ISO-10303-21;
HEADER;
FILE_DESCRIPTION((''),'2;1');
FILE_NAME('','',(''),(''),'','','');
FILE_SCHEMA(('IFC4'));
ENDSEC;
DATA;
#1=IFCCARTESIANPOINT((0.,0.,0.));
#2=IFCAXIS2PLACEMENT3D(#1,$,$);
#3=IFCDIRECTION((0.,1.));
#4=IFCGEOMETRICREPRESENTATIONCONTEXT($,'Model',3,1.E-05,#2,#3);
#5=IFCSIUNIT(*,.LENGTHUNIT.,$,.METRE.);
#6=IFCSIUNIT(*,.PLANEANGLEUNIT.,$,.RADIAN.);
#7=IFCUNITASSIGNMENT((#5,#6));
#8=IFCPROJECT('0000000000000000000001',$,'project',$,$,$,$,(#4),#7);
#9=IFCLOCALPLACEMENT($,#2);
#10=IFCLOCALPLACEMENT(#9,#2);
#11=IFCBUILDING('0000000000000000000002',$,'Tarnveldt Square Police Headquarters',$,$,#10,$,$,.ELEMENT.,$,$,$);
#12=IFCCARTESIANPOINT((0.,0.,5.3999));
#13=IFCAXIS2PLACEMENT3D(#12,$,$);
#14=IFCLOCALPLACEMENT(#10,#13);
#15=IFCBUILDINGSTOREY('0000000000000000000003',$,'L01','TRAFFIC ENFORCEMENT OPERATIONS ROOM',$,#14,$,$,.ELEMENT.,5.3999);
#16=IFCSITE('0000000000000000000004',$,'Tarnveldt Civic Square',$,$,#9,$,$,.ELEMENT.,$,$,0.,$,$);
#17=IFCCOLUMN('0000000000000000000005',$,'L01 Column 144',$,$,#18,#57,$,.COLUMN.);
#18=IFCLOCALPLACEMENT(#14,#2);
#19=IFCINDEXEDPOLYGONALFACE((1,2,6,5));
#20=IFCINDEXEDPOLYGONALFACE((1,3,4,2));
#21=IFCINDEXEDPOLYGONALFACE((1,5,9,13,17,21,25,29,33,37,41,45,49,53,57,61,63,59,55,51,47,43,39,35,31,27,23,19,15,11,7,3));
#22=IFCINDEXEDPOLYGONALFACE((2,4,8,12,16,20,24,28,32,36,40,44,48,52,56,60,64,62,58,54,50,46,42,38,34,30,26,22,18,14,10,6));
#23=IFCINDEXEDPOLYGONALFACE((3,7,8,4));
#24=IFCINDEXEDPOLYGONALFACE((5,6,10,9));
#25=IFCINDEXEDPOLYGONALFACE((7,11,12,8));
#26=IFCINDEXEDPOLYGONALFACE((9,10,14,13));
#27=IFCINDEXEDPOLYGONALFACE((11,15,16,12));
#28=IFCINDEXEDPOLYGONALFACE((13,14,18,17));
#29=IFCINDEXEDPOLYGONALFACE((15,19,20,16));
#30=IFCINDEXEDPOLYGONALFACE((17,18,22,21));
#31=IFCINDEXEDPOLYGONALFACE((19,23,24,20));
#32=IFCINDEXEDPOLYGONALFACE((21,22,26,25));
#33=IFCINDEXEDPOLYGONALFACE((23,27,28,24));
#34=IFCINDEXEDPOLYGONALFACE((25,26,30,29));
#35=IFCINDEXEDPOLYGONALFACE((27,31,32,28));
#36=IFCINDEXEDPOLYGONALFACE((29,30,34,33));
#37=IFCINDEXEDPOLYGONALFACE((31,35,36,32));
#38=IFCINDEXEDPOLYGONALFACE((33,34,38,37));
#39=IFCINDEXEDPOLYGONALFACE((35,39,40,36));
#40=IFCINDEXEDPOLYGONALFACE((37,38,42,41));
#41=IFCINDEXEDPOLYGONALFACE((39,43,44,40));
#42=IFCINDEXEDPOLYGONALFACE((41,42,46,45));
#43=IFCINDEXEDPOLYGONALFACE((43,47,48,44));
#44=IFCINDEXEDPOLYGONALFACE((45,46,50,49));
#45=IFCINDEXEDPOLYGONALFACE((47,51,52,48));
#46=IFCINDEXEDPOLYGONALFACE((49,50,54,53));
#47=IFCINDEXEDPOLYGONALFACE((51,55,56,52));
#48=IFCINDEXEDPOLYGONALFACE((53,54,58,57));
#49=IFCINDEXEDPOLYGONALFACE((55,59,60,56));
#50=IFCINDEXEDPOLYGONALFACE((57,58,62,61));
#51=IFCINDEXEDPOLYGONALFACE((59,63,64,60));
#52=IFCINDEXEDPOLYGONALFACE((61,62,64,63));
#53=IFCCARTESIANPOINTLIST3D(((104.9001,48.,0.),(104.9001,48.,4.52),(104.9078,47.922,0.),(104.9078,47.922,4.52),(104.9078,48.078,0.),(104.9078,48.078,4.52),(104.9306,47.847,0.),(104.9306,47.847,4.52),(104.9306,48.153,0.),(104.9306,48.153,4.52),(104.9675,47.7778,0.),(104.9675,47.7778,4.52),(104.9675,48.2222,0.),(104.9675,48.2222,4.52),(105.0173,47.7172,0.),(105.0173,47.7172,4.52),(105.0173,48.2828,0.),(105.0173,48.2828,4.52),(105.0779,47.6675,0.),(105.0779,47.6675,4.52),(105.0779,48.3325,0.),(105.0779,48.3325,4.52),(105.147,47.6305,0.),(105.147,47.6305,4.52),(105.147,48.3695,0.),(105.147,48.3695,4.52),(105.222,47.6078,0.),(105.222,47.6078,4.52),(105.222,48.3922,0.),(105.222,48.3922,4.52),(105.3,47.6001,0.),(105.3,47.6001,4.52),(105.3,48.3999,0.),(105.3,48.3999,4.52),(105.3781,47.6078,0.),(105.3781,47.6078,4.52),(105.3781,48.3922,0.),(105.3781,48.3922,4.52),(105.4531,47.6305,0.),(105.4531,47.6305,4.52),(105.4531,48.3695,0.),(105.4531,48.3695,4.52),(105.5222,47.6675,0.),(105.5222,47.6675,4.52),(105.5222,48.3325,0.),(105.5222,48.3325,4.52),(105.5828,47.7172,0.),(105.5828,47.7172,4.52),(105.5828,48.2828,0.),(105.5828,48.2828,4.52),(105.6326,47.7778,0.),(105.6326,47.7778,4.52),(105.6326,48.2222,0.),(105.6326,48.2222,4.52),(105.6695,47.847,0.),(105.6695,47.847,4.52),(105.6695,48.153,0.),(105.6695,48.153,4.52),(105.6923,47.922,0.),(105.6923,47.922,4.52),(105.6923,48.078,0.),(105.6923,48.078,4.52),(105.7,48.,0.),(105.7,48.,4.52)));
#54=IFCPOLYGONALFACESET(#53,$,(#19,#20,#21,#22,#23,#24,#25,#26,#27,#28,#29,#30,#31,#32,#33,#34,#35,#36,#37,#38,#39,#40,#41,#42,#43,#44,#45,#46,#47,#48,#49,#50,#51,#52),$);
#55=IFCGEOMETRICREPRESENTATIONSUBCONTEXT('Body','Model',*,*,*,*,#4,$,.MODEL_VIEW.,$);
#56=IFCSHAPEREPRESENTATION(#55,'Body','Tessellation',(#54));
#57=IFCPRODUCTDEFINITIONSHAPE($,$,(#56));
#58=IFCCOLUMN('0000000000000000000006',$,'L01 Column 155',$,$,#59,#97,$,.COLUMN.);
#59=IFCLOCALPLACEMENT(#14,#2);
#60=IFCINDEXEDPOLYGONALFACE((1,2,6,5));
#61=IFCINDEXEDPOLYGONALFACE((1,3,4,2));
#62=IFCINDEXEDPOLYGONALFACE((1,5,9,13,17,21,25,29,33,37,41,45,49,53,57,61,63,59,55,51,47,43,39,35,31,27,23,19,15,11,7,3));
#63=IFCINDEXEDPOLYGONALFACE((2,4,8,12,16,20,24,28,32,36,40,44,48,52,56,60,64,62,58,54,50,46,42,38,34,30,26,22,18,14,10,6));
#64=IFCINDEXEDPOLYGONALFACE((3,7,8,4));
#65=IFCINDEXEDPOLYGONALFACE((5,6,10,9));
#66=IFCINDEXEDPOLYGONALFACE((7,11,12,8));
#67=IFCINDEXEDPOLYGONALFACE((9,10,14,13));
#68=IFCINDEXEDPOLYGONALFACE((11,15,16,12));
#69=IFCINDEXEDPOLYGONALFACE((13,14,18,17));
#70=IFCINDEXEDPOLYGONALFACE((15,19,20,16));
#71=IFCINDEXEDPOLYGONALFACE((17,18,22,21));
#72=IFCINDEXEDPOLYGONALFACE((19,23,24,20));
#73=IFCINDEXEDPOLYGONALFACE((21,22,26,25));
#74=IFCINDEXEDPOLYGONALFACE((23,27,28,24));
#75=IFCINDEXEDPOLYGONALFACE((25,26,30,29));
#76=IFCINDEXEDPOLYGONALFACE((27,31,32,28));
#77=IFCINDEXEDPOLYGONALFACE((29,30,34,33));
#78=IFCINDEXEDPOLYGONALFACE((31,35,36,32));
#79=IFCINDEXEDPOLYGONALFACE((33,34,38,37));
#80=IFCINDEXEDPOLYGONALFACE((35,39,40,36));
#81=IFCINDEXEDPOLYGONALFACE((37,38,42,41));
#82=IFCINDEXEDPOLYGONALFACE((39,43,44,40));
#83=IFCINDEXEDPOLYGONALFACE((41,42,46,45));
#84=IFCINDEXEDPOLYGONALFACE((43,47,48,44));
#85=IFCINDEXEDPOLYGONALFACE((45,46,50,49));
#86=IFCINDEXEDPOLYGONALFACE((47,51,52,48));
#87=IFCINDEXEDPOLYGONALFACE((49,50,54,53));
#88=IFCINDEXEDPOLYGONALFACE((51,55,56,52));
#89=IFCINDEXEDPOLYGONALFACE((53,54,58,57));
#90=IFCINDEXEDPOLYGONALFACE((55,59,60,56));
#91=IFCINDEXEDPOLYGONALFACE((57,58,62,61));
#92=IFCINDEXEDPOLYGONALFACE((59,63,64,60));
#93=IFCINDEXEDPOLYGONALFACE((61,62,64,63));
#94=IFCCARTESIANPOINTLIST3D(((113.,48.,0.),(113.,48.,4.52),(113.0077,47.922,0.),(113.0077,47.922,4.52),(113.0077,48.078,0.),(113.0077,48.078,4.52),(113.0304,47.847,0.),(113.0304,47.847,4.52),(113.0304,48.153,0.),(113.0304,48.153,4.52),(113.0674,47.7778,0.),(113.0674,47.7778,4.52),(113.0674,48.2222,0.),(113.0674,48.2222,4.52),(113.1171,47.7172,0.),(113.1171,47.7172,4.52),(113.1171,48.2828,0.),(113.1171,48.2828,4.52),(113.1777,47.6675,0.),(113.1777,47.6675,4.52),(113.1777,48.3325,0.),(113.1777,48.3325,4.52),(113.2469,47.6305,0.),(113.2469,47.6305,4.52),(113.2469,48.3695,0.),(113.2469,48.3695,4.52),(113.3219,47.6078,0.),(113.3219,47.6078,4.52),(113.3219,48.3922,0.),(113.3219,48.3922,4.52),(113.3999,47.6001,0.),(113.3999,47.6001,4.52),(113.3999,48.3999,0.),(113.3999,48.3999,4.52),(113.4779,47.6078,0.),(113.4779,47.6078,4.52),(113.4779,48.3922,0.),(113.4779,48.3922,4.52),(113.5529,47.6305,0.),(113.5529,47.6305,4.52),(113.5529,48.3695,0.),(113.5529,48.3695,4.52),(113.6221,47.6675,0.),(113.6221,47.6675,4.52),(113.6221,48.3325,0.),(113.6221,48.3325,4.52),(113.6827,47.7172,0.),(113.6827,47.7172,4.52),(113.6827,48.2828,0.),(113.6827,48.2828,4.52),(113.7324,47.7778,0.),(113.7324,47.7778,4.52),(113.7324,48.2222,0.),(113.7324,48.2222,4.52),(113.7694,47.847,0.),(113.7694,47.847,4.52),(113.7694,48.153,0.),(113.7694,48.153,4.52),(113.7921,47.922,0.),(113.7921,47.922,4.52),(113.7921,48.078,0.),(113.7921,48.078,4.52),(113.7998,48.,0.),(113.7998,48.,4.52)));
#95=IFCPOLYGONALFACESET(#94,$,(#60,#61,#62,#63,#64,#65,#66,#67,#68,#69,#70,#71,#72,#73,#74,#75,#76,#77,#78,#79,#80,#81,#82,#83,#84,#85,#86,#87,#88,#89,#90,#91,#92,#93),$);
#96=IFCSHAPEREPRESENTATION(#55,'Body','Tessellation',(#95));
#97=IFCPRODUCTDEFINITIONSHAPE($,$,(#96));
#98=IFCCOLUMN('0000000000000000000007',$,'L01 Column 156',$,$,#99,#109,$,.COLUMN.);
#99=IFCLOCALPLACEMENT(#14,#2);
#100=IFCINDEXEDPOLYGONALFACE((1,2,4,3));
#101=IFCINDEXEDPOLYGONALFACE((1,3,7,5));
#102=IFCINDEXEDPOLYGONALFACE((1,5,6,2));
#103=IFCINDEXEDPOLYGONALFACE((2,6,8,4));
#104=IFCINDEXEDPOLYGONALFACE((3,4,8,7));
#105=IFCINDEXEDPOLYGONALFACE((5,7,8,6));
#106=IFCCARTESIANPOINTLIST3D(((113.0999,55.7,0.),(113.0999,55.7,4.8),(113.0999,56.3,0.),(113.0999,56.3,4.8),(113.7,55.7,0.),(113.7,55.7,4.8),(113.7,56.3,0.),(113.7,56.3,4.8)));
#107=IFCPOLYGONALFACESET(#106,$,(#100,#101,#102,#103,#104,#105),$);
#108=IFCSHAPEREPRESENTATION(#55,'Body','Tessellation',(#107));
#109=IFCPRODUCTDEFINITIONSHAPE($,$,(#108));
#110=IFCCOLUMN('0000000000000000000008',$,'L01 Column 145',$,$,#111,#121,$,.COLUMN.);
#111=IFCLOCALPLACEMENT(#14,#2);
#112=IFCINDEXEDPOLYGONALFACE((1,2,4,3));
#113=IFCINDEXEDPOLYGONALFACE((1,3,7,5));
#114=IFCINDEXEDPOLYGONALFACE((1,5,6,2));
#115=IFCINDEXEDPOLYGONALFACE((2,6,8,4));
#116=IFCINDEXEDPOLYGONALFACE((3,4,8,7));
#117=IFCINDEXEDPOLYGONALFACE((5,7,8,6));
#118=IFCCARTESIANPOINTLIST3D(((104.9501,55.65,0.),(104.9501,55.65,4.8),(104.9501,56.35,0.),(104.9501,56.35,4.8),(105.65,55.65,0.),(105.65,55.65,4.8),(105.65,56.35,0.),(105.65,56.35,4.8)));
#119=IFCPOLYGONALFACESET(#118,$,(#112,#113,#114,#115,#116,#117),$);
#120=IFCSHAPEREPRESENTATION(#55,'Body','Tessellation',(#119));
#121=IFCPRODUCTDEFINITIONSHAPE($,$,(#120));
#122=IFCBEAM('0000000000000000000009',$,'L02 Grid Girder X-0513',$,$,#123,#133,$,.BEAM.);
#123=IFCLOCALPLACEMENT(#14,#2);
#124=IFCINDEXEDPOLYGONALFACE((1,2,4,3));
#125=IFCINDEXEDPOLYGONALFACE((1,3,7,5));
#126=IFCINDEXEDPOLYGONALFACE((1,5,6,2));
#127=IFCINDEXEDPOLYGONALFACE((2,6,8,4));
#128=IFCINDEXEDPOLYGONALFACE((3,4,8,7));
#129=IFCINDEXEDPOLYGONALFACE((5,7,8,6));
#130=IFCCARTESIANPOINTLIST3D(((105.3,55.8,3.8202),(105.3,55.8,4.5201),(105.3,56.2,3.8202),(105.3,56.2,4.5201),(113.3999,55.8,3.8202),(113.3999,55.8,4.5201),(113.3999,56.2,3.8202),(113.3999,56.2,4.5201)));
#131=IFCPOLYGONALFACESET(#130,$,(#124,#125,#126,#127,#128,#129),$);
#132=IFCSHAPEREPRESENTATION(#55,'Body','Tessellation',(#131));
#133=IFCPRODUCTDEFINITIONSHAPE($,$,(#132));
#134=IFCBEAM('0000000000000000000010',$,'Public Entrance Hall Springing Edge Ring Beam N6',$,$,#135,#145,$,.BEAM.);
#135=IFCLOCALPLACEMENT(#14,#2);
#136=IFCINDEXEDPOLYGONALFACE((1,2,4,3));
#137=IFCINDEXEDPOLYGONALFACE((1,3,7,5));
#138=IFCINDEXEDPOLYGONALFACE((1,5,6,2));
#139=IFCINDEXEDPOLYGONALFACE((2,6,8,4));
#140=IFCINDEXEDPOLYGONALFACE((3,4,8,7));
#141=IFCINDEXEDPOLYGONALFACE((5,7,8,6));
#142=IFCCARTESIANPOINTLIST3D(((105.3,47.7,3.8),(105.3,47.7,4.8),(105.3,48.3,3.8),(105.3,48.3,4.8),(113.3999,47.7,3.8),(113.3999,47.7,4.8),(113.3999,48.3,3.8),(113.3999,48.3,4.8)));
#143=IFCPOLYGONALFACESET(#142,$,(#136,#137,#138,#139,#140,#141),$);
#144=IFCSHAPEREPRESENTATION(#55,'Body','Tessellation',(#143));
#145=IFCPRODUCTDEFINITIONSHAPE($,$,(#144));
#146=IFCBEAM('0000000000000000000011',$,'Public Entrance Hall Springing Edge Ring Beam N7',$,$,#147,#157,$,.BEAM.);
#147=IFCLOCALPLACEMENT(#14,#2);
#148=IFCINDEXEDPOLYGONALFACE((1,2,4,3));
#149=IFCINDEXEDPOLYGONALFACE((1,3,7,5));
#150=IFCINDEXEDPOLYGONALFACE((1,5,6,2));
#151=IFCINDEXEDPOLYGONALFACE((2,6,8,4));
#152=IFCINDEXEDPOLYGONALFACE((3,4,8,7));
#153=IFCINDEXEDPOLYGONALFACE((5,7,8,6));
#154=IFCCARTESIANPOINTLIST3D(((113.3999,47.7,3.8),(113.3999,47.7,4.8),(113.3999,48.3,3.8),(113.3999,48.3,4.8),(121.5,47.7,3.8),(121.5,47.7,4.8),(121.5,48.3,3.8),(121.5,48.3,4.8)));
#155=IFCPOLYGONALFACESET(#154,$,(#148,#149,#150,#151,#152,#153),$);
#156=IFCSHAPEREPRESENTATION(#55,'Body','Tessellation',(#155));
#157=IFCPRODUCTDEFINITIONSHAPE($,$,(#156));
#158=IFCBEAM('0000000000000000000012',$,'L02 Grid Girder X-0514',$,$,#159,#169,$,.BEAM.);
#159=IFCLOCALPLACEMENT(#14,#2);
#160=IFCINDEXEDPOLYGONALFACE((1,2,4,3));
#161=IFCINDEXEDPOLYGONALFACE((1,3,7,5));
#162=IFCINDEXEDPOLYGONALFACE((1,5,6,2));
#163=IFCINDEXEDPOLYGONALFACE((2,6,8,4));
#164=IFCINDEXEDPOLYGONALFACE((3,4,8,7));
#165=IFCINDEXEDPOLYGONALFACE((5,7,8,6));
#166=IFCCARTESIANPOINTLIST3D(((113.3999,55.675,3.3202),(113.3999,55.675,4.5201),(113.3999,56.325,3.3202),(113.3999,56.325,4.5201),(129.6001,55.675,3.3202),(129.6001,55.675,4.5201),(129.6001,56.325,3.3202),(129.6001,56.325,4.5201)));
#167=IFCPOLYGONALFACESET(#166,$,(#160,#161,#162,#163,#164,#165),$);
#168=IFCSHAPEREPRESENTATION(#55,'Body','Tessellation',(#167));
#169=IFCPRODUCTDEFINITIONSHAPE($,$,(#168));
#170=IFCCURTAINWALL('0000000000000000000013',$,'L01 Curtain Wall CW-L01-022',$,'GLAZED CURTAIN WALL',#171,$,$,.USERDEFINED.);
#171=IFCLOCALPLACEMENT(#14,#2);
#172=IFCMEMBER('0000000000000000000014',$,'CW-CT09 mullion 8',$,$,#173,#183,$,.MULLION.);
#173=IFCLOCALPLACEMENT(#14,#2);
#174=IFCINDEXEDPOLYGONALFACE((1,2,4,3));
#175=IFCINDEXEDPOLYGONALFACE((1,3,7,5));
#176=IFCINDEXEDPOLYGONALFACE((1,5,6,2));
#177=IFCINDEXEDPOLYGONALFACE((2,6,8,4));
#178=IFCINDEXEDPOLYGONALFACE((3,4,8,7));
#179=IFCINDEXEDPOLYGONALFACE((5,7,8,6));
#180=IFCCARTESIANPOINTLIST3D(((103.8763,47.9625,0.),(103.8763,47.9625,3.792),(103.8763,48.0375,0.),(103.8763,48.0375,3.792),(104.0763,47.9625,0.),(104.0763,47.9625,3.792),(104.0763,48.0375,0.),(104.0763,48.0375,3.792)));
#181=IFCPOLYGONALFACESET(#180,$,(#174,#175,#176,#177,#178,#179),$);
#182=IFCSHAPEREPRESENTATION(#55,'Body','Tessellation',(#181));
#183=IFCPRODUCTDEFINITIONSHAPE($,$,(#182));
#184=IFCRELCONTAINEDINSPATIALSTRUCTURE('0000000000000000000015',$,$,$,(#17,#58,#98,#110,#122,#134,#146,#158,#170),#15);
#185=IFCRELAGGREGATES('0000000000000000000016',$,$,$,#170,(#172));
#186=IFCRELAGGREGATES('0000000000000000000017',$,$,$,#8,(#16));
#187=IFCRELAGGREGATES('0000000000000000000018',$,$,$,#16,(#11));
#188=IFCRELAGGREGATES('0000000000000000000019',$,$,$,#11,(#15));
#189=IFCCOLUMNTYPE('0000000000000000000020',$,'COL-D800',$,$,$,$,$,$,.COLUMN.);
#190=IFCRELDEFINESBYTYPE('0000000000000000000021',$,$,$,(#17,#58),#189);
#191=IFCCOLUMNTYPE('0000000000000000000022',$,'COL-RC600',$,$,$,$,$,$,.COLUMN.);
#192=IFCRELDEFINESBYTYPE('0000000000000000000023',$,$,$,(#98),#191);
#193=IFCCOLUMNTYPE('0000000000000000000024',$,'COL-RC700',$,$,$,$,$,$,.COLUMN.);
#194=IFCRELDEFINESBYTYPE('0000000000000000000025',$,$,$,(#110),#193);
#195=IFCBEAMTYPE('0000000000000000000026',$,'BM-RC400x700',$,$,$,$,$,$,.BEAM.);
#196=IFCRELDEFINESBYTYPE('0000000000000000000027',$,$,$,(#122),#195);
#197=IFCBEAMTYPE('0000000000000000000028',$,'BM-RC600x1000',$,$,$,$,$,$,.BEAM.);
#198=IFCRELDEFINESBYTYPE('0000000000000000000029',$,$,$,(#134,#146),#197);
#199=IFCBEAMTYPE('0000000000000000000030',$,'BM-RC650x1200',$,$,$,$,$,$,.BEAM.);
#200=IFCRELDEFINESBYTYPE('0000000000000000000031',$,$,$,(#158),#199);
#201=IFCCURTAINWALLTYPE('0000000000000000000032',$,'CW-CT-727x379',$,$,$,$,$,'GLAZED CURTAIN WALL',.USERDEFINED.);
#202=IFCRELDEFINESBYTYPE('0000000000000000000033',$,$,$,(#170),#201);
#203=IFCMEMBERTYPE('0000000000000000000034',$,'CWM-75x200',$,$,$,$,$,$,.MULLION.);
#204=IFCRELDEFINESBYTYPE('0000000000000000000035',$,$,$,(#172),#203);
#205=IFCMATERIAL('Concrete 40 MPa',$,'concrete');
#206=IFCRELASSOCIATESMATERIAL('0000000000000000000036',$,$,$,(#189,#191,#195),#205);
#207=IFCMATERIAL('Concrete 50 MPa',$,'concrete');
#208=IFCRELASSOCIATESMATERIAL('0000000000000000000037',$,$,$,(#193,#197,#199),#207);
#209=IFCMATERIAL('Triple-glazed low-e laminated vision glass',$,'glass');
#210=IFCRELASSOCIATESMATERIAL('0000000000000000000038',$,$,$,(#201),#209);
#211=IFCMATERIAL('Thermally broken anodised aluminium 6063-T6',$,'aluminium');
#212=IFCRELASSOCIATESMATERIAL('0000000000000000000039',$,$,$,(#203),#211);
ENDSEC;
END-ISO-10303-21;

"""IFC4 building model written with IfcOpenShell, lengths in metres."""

from ifc_helpers import new_model, si_unit, direction, frame, origin, origin_2d, place, context, subcontext, project, spatial, rectangle, circle, extrude, material, material_profile, profile_set, type_object, element, aggregate, save


model = new_model("IFC4")

# Units and contexts
model_context = context("Model", 3, precision=1e-05, world=origin(), true_north=direction((0.0, 1.0)))
body_context = subcontext(model_context, "Body", "Model", "MODEL_VIEW")
ifc_project = project(units=[si_unit("LENGTHUNIT", "METRE"), si_unit("PLANEANGLEUNIT", "RADIAN")], contexts=[model_context])

# Site, building, storey
site_placement = place(None, origin())
site = spatial("IfcSite", under=ifc_project, at=site_placement, Name="Tarnveldt Civic Square", CompositionType="ELEMENT", RefElevation=0.0)
building_placement = place(site_placement, origin())
building = spatial("IfcBuilding", under=site, at=building_placement, Name="Tarnveldt Square Police Headquarters", CompositionType="ELEMENT")
storey_placement = place(building_placement, frame((0.0, 0.0, 5.3999)))
storey = spatial("IfcBuildingStorey", under=building, at=storey_placement, Name="L01", Description="TRAFFIC ENFORCEMENT OPERATIONS ROOM", CompositionType="ELEMENT", Elevation=5.3999)

# Columns
ifc_material_1 = material(Name="Concrete 40 MPa", Category="concrete")
ifc_material_profile_1 = material_profile(ifc_material_1, circle(Radius=0.3999, at=origin_2d()), Name="RC-D800")
ifc_profile_set_1 = profile_set([ifc_material_profile_1], Name="Concrete 40 MPa")
column_type_1 = type_object("IfcColumnType", Name="COL-D800", PredefinedType="COLUMN", material=ifc_profile_set_1)
for number, where, z_axis, x_axis, name in (
    (1, (105.3, 48.0, 0.0), (0.0, 0.0, 1.0), (1.0, 0.0, 0.0), "L01 Column 144"),
    (2, (113.3999, 48.0, 0.0), (0.0, 0.0, 1.0), (1.0, 0.0, 0.0), "L01 Column 155"),
):
    element("IfcColumn", number, at=place(storey_placement, frame(where, z_axis=z_axis, x_axis=x_axis)), inside=storey, type_object=column_type_1, Name=name, PredefinedType="COLUMN", context=body_context, shape_type="SweptSolid", body=[
        extrude(circle(Radius=0.3999, at=origin_2d()), origin(), (0.0, 0.0, 1.0), 4.52),
    ])
ifc_material_profile_2 = material_profile(ifc_material_1, rectangle(XDim=0.6001, YDim=0.6001, at=origin_2d()), Name="RC-C600x600")
ifc_profile_set_2 = profile_set([ifc_material_profile_2], Name="Concrete 40 MPa")
column_type_2 = type_object("IfcColumnType", Name="COL-RC600", PredefinedType="COLUMN", material=ifc_profile_set_2)
column_1_placement = place(storey_placement, frame((113.3999, 56.0, 0.0), z_axis=(0.0, 0.0, 1.0), x_axis=(1.0, 0.0, 0.0)))
element("IfcColumn", 3, at=column_1_placement, inside=storey, type_object=column_type_2, Name="L01 Column 156", PredefinedType="COLUMN", context=body_context, shape_type="SweptSolid", body=[
    extrude(rectangle(XDim=0.6001, YDim=0.6001, at=origin_2d()), origin(), (0.0, 0.0, 1.0), 4.8),
])
ifc_material_2 = material(Name="Concrete 50 MPa", Category="concrete")
ifc_material_profile_3 = material_profile(ifc_material_2, rectangle(XDim=0.7, YDim=0.7, at=origin_2d()), Name="RC-C700x700")
ifc_profile_set_3 = profile_set([ifc_material_profile_3], Name="Concrete 50 MPa")
column_type_3 = type_object("IfcColumnType", Name="COL-RC700", PredefinedType="COLUMN", material=ifc_profile_set_3)
column_2_placement = place(storey_placement, frame((105.3, 56.0, 0.0), z_axis=(0.0, 0.0, 1.0), x_axis=(1.0, 0.0, 0.0)))
element("IfcColumn", 4, at=column_2_placement, inside=storey, type_object=column_type_3, Name="L01 Column 145", PredefinedType="COLUMN", context=body_context, shape_type="SweptSolid", body=[
    extrude(rectangle(XDim=0.7, YDim=0.7, at=origin_2d()), origin(), (0.0, 0.0, 1.0), 4.8),
])

# Beams
ifc_material_profile_4 = material_profile(ifc_material_1, rectangle(XDim=0.3999, YDim=0.7, at=origin_2d()), Name="RC-B400x700")
ifc_profile_set_4 = profile_set([ifc_material_profile_4], Name="Concrete 40 MPa")
beam_type_1 = type_object("IfcBeamType", Name="BM-RC400x700", PredefinedType="BEAM", material=ifc_profile_set_4)
beam_1_placement = place(storey_placement, frame((105.3, 56.0, 4.1702), z_axis=(1.0, 0.0, 0.0), x_axis=(0.0, 1.0, 0.0)))
element("IfcBeam", 5, at=beam_1_placement, inside=storey, type_object=beam_type_1, Name="L02 Grid Girder X-0513", PredefinedType="BEAM", context=body_context, shape_type="SweptSolid", body=[
    extrude(rectangle(XDim=0.3999, YDim=0.7, at=origin_2d()), origin(), (0.0, 0.0, 1.0), 8.0999),
])
ifc_material_profile_5 = material_profile(ifc_material_2, rectangle(XDim=0.6001, YDim=1.0, at=origin_2d()), Name="RC-B600x1000")
ifc_profile_set_5 = profile_set([ifc_material_profile_5], Name="Concrete 50 MPa")
beam_type_2 = type_object("IfcBeamType", Name="BM-RC600x1000", PredefinedType="BEAM", material=ifc_profile_set_5)
beam_2_placement = place(storey_placement, frame((105.3, 48.0, 4.3), z_axis=(1.0, 0.0, 0.0), x_axis=(0.0, 1.0, 0.0)))
element("IfcBeam", 6, at=beam_2_placement, inside=storey, type_object=beam_type_2, Name="Public Entrance Hall Springing Edge Ring Beam N6", PredefinedType="BEAM", context=body_context, shape_type="SweptSolid", body=[
    extrude(rectangle(XDim=0.6001, YDim=1.0, at=origin_2d()), origin(), (0.0, 0.0, 1.0), 8.0999),
])
beam_3_placement = place(storey_placement, frame((113.3999, 48.0, 4.3), z_axis=(1.0, 0.0, 0.0), x_axis=(0.0, 1.0, 0.0)))
element("IfcBeam", 7, at=beam_3_placement, inside=storey, type_object=beam_type_2, Name="Public Entrance Hall Springing Edge Ring Beam N7", PredefinedType="BEAM", context=body_context, shape_type="SweptSolid", body=[
    extrude(rectangle(XDim=0.6001, YDim=1.0, at=origin_2d()), origin(), (0.0, 0.0, 1.0), 8.1001),
])
ifc_material_profile_6 = material_profile(ifc_material_2, rectangle(XDim=0.6499, YDim=1.2, at=origin_2d()), Name="RC-B650x1200")
ifc_profile_set_6 = profile_set([ifc_material_profile_6], Name="Concrete 50 MPa")
beam_type_3 = type_object("IfcBeamType", Name="BM-RC650x1200", PredefinedType="BEAM", material=ifc_profile_set_6)
beam_4_placement = place(storey_placement, frame((113.3999, 56.0, 3.9202), z_axis=(1.0, 0.0, 0.0), x_axis=(0.0, 1.0, 0.0)))
element("IfcBeam", 8, at=beam_4_placement, inside=storey, type_object=beam_type_3, Name="L02 Grid Girder X-0514", PredefinedType="BEAM", context=body_context, shape_type="SweptSolid", body=[
    extrude(rectangle(XDim=0.6499, YDim=1.2, at=origin_2d()), origin(), (0.0, 0.0, 1.0), 16.2002),
])

# Curtain wall, member
ifc_material_3 = material(Name="Triple-glazed low-e laminated vision glass", Category="glass")
curtain_wall_type = type_object("IfcCurtainWallType", Name="CW-CT-727x379", ElementType="GLAZED CURTAIN WALL", PredefinedType="USERDEFINED", material=ifc_material_3)
curtain_wall_placement = place(storey_placement, origin())
curtain_wall = element("IfcCurtainWall", 9, at=curtain_wall_placement, inside=storey, type_object=curtain_wall_type, Name="L01 Curtain Wall CW-L01-022", ObjectType="GLAZED CURTAIN WALL", PredefinedType="USERDEFINED")
ifc_material_4 = material(Name="Thermally broken anodised aluminium 6063-T6", Category="aluminium")
ifc_material_profile_7 = material_profile(ifc_material_4, rectangle(XDim=0.075, YDim=0.2, at=origin_2d()), Name="CW-M75x200")
ifc_profile_set_7 = profile_set([ifc_material_profile_7], Name="Thermally broken anodised aluminium 6063-T6")
member_type_1 = type_object("IfcMemberType", Name="CWM-75x200", PredefinedType="MULLION", material=ifc_profile_set_7)
member_1_placement = place(storey_placement, frame((103.9763, 48.0, 0.0), z_axis=(0.0, 0.0, 1.0), x_axis=(0.0, 1.0, 0.0)))
member_1 = element("IfcMember", 10, at=member_1_placement, type_object=member_type_1, Name="CW-CT09 mullion 8", PredefinedType="MULLION", context=body_context, shape_type="SweptSolid", body=[
    extrude(rectangle(XDim=0.075, YDim=0.2, at=origin_2d()), origin(), (0.0, 0.0, 1.0), 3.792),
])
aggregate(curtain_wall, [member_1])

save(model, "model.ifc")
